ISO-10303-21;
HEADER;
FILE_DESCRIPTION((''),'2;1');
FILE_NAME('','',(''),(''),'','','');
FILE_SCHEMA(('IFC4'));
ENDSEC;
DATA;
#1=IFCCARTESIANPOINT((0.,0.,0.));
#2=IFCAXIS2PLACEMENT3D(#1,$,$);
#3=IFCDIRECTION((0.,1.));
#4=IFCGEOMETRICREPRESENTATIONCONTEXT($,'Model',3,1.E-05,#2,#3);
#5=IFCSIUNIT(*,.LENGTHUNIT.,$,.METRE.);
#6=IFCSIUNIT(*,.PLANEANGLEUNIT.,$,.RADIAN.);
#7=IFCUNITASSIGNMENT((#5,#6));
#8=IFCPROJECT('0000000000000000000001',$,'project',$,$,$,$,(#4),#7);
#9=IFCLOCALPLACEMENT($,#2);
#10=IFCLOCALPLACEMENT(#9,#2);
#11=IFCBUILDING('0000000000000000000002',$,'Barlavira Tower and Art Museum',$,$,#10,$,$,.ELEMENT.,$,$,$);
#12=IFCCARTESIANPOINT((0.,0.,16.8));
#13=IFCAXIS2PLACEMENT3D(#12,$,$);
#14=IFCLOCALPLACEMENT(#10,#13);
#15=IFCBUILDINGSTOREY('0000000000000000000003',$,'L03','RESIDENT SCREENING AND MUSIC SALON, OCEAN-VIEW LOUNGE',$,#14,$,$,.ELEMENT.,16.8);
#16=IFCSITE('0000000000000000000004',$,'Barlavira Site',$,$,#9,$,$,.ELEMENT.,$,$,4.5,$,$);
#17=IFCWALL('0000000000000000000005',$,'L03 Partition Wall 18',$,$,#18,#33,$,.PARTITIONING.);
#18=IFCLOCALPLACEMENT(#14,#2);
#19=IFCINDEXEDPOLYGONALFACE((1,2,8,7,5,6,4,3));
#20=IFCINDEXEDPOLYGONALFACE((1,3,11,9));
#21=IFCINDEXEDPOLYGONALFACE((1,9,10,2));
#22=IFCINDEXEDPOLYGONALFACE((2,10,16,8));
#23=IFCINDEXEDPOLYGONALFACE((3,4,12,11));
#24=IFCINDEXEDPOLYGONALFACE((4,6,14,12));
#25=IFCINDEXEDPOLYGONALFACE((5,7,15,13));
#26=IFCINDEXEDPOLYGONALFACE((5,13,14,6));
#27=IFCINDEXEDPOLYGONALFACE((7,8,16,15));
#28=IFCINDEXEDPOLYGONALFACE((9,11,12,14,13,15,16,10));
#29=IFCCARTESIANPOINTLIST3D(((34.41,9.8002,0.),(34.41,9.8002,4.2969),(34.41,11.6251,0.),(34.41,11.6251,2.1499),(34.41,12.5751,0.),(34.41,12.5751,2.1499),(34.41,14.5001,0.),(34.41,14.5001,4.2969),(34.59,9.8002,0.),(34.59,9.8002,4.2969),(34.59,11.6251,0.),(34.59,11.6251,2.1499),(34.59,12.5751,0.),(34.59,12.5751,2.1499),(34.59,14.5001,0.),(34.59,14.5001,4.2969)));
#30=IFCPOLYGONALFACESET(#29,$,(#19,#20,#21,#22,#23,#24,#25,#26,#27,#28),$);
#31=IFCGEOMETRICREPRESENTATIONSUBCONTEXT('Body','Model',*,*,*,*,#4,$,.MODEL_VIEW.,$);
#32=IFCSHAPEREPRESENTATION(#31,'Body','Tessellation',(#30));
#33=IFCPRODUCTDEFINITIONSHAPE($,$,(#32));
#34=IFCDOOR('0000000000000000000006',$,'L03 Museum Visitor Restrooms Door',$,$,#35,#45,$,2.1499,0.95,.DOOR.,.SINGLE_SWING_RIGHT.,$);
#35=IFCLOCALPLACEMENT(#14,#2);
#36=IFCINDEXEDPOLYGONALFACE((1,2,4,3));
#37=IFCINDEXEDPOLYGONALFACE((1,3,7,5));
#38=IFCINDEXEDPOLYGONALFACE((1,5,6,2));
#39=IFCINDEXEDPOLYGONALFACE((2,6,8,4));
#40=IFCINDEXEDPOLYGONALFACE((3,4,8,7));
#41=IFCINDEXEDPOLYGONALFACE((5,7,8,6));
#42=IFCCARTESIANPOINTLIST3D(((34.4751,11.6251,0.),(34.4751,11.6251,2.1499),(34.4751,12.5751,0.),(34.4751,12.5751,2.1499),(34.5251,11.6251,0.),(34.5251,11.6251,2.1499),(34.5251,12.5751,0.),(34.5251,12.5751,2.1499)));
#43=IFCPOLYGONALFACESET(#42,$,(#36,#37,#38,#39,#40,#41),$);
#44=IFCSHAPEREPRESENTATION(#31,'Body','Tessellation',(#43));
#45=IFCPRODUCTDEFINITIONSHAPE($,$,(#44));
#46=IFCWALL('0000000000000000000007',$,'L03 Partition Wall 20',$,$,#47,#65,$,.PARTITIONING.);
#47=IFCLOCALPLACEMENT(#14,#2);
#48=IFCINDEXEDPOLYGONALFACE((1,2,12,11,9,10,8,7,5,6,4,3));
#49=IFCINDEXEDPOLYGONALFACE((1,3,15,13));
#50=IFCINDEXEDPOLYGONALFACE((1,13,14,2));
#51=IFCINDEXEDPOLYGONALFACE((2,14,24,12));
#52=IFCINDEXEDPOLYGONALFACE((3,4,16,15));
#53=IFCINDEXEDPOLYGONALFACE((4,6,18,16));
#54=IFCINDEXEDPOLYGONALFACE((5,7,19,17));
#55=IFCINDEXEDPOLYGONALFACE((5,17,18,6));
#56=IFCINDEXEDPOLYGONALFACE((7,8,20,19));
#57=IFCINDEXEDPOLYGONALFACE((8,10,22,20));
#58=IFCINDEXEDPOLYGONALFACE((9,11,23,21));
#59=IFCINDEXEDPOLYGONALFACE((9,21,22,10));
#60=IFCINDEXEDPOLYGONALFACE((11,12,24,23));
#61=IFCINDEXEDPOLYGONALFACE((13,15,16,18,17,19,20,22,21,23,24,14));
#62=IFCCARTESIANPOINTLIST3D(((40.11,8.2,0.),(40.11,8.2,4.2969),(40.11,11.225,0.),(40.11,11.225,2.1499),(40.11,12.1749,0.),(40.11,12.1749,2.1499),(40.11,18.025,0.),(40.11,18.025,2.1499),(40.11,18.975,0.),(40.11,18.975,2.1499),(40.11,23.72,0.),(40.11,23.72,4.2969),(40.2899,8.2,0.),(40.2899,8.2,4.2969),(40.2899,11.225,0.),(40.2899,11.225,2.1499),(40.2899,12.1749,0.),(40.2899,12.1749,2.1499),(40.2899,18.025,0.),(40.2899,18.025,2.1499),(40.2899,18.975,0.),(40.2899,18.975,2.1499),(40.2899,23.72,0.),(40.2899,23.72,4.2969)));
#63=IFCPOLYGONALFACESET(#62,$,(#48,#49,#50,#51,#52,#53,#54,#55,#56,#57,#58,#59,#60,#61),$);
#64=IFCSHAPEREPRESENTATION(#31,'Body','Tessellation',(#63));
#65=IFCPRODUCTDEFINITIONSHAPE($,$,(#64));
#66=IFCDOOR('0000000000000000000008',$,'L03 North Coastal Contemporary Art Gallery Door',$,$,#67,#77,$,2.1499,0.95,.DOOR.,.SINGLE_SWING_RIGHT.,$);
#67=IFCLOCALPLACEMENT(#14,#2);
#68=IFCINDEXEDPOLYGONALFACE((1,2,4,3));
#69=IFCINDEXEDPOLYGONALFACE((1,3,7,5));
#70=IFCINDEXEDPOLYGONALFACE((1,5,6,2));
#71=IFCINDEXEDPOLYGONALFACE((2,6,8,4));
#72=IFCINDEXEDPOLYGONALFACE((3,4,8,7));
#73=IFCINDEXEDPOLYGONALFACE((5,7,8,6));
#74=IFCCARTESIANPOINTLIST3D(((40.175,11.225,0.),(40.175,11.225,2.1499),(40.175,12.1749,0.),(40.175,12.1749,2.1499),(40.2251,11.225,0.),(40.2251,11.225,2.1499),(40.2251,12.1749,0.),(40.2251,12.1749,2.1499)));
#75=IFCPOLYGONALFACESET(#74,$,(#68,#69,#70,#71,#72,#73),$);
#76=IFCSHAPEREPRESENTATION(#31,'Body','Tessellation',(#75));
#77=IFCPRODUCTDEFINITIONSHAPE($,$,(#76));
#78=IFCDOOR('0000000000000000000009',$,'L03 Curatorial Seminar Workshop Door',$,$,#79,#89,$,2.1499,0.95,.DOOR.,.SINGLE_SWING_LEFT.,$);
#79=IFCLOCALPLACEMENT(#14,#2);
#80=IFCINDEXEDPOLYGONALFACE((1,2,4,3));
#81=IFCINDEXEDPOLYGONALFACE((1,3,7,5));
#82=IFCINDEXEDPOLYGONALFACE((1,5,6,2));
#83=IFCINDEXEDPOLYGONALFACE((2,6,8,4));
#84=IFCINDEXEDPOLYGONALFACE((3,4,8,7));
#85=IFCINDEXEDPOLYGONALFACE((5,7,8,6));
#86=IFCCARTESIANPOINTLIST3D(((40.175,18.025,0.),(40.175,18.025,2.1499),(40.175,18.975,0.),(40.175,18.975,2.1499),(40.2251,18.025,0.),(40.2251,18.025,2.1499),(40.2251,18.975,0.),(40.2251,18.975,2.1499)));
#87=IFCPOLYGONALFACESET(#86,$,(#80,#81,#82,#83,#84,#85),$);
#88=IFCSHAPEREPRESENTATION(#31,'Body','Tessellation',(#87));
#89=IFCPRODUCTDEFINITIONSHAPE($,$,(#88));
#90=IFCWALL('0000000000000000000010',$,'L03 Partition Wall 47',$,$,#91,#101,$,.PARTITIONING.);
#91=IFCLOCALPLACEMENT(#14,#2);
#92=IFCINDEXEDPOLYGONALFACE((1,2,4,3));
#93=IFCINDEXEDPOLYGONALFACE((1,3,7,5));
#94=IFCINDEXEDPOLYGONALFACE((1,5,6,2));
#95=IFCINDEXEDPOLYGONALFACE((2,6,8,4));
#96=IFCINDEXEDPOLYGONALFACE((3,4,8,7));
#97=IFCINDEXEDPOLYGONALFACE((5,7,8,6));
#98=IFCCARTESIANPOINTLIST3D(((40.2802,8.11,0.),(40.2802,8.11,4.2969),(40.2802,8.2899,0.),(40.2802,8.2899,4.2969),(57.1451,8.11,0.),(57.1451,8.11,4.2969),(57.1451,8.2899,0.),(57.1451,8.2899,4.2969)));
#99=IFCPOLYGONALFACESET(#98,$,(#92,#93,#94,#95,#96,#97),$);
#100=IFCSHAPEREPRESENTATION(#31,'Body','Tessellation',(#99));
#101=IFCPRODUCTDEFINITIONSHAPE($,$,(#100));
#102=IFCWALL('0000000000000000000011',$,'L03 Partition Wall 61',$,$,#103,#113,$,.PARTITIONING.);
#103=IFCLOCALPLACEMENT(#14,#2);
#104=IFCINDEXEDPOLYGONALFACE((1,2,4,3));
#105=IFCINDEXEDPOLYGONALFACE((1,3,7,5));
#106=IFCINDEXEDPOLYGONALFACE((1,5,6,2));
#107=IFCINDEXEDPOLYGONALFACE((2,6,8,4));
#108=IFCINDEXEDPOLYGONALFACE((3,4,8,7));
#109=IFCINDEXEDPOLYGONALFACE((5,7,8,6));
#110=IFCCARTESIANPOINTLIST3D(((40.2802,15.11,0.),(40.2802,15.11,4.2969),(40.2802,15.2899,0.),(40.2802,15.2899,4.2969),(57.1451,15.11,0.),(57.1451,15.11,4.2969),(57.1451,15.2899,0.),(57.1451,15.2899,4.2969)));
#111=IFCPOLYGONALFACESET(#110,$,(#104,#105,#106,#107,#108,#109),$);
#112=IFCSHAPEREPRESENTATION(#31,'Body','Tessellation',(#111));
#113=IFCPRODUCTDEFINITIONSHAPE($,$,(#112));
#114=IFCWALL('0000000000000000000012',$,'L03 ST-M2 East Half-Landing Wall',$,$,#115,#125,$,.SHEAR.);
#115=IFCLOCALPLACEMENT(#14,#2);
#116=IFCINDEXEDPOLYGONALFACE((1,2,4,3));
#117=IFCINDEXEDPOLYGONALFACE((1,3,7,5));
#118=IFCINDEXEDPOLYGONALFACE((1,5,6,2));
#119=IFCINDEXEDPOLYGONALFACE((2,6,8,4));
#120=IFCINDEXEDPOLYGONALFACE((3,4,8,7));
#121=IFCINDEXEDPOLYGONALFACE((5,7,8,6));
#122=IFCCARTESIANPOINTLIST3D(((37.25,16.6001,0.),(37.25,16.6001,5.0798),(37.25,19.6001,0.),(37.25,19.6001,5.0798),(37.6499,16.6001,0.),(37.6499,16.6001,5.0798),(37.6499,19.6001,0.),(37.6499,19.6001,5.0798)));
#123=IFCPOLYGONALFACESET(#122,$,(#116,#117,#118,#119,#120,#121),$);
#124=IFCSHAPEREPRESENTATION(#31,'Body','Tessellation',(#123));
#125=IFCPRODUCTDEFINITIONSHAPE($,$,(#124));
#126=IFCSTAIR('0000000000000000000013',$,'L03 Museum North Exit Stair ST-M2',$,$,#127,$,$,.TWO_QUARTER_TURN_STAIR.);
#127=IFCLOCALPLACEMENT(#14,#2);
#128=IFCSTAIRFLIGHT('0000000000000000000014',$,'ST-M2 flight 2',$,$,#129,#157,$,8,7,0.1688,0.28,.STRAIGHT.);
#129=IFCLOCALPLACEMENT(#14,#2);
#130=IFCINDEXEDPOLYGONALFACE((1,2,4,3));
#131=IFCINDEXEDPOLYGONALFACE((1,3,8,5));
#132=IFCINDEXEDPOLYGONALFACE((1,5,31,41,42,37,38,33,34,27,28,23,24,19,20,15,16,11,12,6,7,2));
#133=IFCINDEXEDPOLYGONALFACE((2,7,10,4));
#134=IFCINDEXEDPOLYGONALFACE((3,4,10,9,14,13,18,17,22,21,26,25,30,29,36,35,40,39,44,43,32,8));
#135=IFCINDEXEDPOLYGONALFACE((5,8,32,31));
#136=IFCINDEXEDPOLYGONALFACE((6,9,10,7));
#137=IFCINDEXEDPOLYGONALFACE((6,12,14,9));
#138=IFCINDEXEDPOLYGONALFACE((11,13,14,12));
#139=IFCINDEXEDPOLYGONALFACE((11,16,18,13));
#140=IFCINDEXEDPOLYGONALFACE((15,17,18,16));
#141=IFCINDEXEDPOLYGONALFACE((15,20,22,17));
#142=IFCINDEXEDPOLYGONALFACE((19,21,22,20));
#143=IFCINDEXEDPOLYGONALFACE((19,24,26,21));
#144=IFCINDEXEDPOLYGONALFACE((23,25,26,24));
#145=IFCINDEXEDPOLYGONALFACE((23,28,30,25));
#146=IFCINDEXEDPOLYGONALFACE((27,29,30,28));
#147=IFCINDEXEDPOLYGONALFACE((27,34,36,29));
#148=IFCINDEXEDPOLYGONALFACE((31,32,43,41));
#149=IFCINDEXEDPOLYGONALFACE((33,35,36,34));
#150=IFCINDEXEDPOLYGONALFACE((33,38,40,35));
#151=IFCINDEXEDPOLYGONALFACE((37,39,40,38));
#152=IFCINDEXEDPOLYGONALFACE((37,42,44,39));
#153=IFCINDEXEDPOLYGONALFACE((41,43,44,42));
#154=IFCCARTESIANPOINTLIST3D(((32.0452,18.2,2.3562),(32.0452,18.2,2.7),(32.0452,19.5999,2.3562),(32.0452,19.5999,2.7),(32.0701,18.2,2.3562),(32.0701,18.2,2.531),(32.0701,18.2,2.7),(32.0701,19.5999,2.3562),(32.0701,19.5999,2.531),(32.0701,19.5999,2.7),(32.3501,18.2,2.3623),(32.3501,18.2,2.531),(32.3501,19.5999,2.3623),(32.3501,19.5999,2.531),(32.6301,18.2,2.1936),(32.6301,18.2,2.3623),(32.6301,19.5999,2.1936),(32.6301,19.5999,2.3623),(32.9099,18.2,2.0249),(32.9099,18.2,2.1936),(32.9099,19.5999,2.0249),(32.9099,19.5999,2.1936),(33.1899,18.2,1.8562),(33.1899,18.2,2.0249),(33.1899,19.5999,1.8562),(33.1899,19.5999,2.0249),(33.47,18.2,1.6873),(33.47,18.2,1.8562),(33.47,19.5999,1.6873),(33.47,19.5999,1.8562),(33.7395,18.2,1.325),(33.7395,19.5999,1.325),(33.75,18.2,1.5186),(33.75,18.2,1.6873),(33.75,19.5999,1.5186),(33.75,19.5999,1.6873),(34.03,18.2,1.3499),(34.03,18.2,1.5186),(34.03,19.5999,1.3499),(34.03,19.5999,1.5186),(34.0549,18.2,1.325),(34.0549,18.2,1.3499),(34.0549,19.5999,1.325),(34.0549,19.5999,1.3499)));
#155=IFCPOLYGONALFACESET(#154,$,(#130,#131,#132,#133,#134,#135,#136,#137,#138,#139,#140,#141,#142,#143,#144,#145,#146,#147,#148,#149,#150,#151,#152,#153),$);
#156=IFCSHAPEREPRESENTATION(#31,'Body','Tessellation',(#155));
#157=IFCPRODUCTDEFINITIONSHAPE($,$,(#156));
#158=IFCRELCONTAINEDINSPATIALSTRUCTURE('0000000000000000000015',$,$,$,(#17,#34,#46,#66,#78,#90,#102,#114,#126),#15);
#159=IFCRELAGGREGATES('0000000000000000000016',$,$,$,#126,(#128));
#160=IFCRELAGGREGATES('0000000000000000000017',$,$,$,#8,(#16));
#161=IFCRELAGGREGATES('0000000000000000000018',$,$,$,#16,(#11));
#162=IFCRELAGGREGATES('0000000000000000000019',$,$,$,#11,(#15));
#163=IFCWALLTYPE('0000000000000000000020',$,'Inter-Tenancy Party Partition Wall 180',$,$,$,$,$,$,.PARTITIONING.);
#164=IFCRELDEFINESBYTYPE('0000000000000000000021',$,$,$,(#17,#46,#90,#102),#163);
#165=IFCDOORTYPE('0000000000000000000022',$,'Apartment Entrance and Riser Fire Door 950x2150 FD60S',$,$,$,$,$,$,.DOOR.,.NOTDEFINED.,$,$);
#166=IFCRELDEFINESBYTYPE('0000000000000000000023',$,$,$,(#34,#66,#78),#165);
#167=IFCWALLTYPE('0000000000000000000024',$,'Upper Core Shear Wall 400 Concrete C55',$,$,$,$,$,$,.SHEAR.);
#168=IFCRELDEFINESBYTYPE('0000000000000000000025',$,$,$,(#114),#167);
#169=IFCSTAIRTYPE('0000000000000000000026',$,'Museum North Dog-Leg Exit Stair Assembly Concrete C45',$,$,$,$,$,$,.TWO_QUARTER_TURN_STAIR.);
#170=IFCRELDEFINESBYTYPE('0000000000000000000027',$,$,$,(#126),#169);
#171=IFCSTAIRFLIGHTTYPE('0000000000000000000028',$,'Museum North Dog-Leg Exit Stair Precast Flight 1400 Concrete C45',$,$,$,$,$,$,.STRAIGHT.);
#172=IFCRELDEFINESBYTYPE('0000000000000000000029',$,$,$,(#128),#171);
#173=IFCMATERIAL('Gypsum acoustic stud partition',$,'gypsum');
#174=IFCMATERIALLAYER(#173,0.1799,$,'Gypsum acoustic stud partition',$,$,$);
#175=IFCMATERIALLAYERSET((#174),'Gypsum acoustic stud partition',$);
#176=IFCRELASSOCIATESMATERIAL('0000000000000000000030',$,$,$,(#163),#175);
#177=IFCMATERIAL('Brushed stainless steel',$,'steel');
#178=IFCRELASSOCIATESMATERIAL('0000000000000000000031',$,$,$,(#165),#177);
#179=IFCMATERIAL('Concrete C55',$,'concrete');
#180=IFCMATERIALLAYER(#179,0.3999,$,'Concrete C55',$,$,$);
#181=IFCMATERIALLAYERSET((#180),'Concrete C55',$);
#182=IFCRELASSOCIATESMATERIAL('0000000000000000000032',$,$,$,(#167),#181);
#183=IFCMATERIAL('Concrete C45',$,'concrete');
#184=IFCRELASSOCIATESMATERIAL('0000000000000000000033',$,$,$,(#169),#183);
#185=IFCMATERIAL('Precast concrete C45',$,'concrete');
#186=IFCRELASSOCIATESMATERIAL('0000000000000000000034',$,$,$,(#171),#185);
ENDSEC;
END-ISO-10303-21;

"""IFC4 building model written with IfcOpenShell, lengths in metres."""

from ifc_helpers import new_model, si_unit, direction, frame, frame_2d, origin, place, context, subcontext, project, spatial, polyline, rectangle, outline, extrude, material, layer, layer_set, type_object, element, fill, aggregate, save


model = new_model("IFC4")

# Units and contexts
model_context = context("Model", 3, precision=1e-05, world=origin(), true_north=direction((0.0, 1.0)))
body_context = subcontext(model_context, "Body", "Model", "MODEL_VIEW")
ifc_project = project(units=[si_unit("LENGTHUNIT", "METRE"), si_unit("PLANEANGLEUNIT", "RADIAN")], contexts=[model_context])

# Site, building, storey
site_placement = place(None, origin())
site = spatial("IfcSite", under=ifc_project, at=site_placement, Name="Barlavira Site", CompositionType="ELEMENT", RefElevation=4.5)
building_placement = place(site_placement, origin())
building = spatial("IfcBuilding", under=site, at=building_placement, Name="Barlavira Tower and Art Museum", CompositionType="ELEMENT")
storey_placement = place(building_placement, frame((0.0, 0.0, 16.8)))
storey = spatial("IfcBuildingStorey", under=building, at=storey_placement, Name="L03", Description="RESIDENT SCREENING AND MUSIC SALON, OCEAN-VIEW LOUNGE", CompositionType="ELEMENT", Elevation=16.8)

# Wall, opening, door
ifc_material_1 = material(Name="Gypsum acoustic stud partition", Category="gypsum")
ifc_layer_1 = layer(ifc_material_1, 0.1799, Name="Gypsum acoustic stud partition")
ifc_layer_set_1 = layer_set([ifc_layer_1], Name="Gypsum acoustic stud partition")
wall_type_1 = type_object("IfcWallType", Name="Inter-Tenancy Party Partition Wall 180", PredefinedType="PARTITIONING", material=ifc_layer_set_1)
wall_1_placement = place(storey_placement, frame((34.5, 9.8, 0.0), z_axis=(0.0, 0.0, 1.0), x_axis=(0.0, 1.0, 0.0)))
wall_1 = element("IfcWall", 1, at=wall_1_placement, inside=storey, type_object=wall_type_1, Name="L03 Partition Wall 18", PredefinedType="PARTITIONING", context=body_context, shape_type="SweptSolid", body=[
    extrude(rectangle(XDim=4.7, YDim=0.1799, at=frame_2d((2.3501, 0.0))), origin(), (0.0, 0.0, 1.0), 4.2969),
])
opening_1_placement = place(wall_1_placement, frame((1.825, 0.0, 0.0)))
opening_1 = element("IfcOpeningElement", 2, at=opening_1_placement, cuts=wall_1, PredefinedType="OPENING", context=body_context, shape_type="SweptSolid", body=[
    extrude(rectangle(XDim=0.95, YDim=2.1499, at=frame_2d((0.4751, 1.075))), frame((0.0, 0.1001, 0.0), z_axis=(0.0, -1.0, 0.0), x_axis=(1.0, 0.0, 0.0)), (0.0, 0.0, 1.0), 0.2),
])
ifc_material_2 = material(Name="Brushed stainless steel", Category="steel")
door_type_1 = type_object("IfcDoorType", Name="Apartment Entrance and Riser Fire Door 950x2150 FD60S", OperationType="NOTDEFINED", PredefinedType="DOOR", material=ifc_material_2)
door_1_placement = place(opening_1_placement, origin())
door_1 = element("IfcDoor", 3, at=door_1_placement, inside=storey, type_object=door_type_1, Name="L03 Museum Visitor Restrooms Door", OperationType="SINGLE_SWING_RIGHT", OverallHeight=2.1499, OverallWidth=0.95, PredefinedType="DOOR", context=body_context, shape_type="SweptSolid", body=[
    extrude(rectangle(XDim=0.95, YDim=2.1499, at=frame_2d((0.4751, 1.075))), frame((0.0, 0.0249, 0.0), z_axis=(0.0, -1.0, 0.0), x_axis=(1.0, 0.0, 0.0)), (0.0, 0.0, 1.0), 0.05),
])
fill(opening_1, door_1)

# Wall, openings, doors
wall_2_placement = place(storey_placement, frame((40.2, 8.2, 0.0), z_axis=(0.0, 0.0, 1.0), x_axis=(0.0, 1.0, 0.0)))
wall_2 = element("IfcWall", 4, at=wall_2_placement, inside=storey, type_object=wall_type_1, Name="L03 Partition Wall 20", PredefinedType="PARTITIONING", context=body_context, shape_type="SweptSolid", body=[
    extrude(rectangle(XDim=15.52, YDim=0.1799, at=frame_2d((7.76, 0.0))), origin(), (0.0, 0.0, 1.0), 4.2969),
])
opening_2_placement = place(wall_2_placement, frame((3.0249, 0.0, 0.0)))
opening_2 = element("IfcOpeningElement", 5, at=opening_2_placement, cuts=wall_2, PredefinedType="OPENING", context=body_context, shape_type="SweptSolid", body=[
    extrude(rectangle(XDim=0.95, YDim=2.1499, at=frame_2d((0.4751, 1.075))), frame((0.0, 0.1001, 0.0), z_axis=(0.0, -1.0, 0.0), x_axis=(1.0, 0.0, 0.0)), (0.0, 0.0, 1.0), 0.2),
])
opening_3_placement = place(wall_2_placement, frame((9.825, 0.0, 0.0)))
opening_3 = element("IfcOpeningElement", 6, at=opening_3_placement, cuts=wall_2, PredefinedType="OPENING", context=body_context, shape_type="SweptSolid", body=[
    extrude(rectangle(XDim=0.95, YDim=2.1499, at=frame_2d((0.4751, 1.075))), frame((0.0, 0.1001, 0.0), z_axis=(0.0, -1.0, 0.0), x_axis=(1.0, 0.0, 0.0)), (0.0, 0.0, 1.0), 0.2),
])
door_2_placement = place(opening_2_placement, origin())
door_2 = element("IfcDoor", 7, at=door_2_placement, inside=storey, type_object=door_type_1, Name="L03 North Coastal Contemporary Art Gallery Door", OperationType="SINGLE_SWING_RIGHT", OverallHeight=2.1499, OverallWidth=0.95, PredefinedType="DOOR", context=body_context, shape_type="SweptSolid", body=[
    extrude(rectangle(XDim=0.95, YDim=2.1499, at=frame_2d((0.4751, 1.075))), frame((0.0, 0.0249, 0.0), z_axis=(0.0, -1.0, 0.0), x_axis=(1.0, 0.0, 0.0)), (0.0, 0.0, 1.0), 0.05),
])
fill(opening_2, door_2)
door_3_placement = place(opening_3_placement, origin())
door_3 = element("IfcDoor", 8, at=door_3_placement, inside=storey, type_object=door_type_1, Name="L03 Curatorial Seminar Workshop Door", OperationType="SINGLE_SWING_LEFT", OverallHeight=2.1499, OverallWidth=0.95, PredefinedType="DOOR", context=body_context, shape_type="SweptSolid", body=[
    extrude(rectangle(XDim=0.95, YDim=2.1499, at=frame_2d((0.4751, 1.075))), frame((0.0, 0.0249, 0.0), z_axis=(0.0, -1.0, 0.0), x_axis=(1.0, 0.0, 0.0)), (0.0, 0.0, 1.0), 0.05),
])
fill(opening_3, door_3)

# Walls
for number, where, z_axis, x_axis, name in (
    (9, (40.28, 8.2, 0.0), (0.0, 0.0, 1.0), (1.0, 0.0, 0.0), "L03 Partition Wall 47"),
    (10, (40.28, 15.2, 0.0), (0.0, 0.0, 1.0), (1.0, 0.0, 0.0), "L03 Partition Wall 61"),
):
    element("IfcWall", number, at=place(storey_placement, frame(where, z_axis=z_axis, x_axis=x_axis)), inside=storey, type_object=wall_type_1, Name=name, PredefinedType="PARTITIONING", context=body_context, shape_type="SweptSolid", body=[
        extrude(rectangle(XDim=16.865, YDim=0.1799, at=frame_2d((8.4326, 0.0))), origin(), (0.0, 0.0, 1.0), 4.2969),
    ])
ifc_material_3 = material(Name="Concrete C55", Category="concrete")
ifc_layer_2 = layer(ifc_material_3, 0.3999, Name="Concrete C55")
ifc_layer_set_2 = layer_set([ifc_layer_2], Name="Concrete C55")
wall_type_2 = type_object("IfcWallType", Name="Upper Core Shear Wall 400 Concrete C55", PredefinedType="SHEAR", material=ifc_layer_set_2)
wall_3_placement = place(storey_placement, frame((37.45, 16.6001, 0.0), z_axis=(0.0, 0.0, 1.0), x_axis=(0.0, 1.0, 0.0)))
element("IfcWall", 11, at=wall_3_placement, inside=storey, type_object=wall_type_2, Name="L03 ST-M2 East Half-Landing Wall", PredefinedType="SHEAR", context=body_context, shape_type="SweptSolid", body=[
    extrude(rectangle(XDim=3.0, YDim=0.3999, at=frame_2d((1.5, 0.0))), origin(), (0.0, 0.0, 1.0), 5.0798),
])

# Stair, stair flight
ifc_material_4 = material(Name="Concrete C45", Category="concrete")
stair_type = type_object("IfcStairType", Name="Museum North Dog-Leg Exit Stair Assembly Concrete C45", PredefinedType="TWO_QUARTER_TURN_STAIR", material=ifc_material_4)
stair_placement = place(storey_placement, origin())
stair = element("IfcStair", 12, at=stair_placement, inside=storey, type_object=stair_type, Name="L03 Museum North Exit Stair ST-M2", PredefinedType="TWO_QUARTER_TURN_STAIR")
ifc_material_5 = material(Name="Precast concrete C45", Category="concrete")
stair_flight_type = type_object("IfcStairFlightType", Name="Museum North Dog-Leg Exit Stair Precast Flight 1400 Concrete C45", PredefinedType="STRAIGHT", material=ifc_material_5)
stair_flight_1_placement = place(storey_placement, frame((34.03, 18.8999, 1.3499), z_axis=(0.0, 0.0, 1.0), x_axis=(-1.0, 0.0, 0.0)))
stair_flight_1 = element("IfcStairFlight", 13, at=stair_flight_1_placement, type_object=stair_flight_type, Name="ST-M2 flight 2", NumberOfRisers=8, NumberOfTreads=7, PredefinedType="STRAIGHT", RiserHeight=0.1688, TreadLength=0.28, context=body_context, shape_type="SweptSolid", body=[
    extrude(outline(polyline([(-0.0249, 0.0), (0.0, 0.0), (0.0, 0.1687), (0.28, 0.1687), (0.28, 0.3374), (0.5601, 0.3374), (0.5601, 0.5063), (0.8401, 0.5063), (0.8401, 0.675), (1.1201, 0.675), (1.1201, 0.8438), (1.3999, 0.8438), (1.3999, 1.0125), (1.6799, 1.0125), (1.6799, 1.1812), (1.96, 1.1812), (1.96, 1.3501), (1.9849, 1.3501), (1.9849, 1.0063), (1.96, 1.0063), (0.2905, -0.0249), (-0.0249, -0.0249), (-0.0249, 0.0)])), frame((0.0, 0.7, 0.0), z_axis=(0.0, -1.0, 0.0), x_axis=(1.0, 0.0, 0.0)), (0.0, 0.0, 1.0), 1.3999),
])
aggregate(stair, [stair_flight_1])

save(model, "model.ifc")
